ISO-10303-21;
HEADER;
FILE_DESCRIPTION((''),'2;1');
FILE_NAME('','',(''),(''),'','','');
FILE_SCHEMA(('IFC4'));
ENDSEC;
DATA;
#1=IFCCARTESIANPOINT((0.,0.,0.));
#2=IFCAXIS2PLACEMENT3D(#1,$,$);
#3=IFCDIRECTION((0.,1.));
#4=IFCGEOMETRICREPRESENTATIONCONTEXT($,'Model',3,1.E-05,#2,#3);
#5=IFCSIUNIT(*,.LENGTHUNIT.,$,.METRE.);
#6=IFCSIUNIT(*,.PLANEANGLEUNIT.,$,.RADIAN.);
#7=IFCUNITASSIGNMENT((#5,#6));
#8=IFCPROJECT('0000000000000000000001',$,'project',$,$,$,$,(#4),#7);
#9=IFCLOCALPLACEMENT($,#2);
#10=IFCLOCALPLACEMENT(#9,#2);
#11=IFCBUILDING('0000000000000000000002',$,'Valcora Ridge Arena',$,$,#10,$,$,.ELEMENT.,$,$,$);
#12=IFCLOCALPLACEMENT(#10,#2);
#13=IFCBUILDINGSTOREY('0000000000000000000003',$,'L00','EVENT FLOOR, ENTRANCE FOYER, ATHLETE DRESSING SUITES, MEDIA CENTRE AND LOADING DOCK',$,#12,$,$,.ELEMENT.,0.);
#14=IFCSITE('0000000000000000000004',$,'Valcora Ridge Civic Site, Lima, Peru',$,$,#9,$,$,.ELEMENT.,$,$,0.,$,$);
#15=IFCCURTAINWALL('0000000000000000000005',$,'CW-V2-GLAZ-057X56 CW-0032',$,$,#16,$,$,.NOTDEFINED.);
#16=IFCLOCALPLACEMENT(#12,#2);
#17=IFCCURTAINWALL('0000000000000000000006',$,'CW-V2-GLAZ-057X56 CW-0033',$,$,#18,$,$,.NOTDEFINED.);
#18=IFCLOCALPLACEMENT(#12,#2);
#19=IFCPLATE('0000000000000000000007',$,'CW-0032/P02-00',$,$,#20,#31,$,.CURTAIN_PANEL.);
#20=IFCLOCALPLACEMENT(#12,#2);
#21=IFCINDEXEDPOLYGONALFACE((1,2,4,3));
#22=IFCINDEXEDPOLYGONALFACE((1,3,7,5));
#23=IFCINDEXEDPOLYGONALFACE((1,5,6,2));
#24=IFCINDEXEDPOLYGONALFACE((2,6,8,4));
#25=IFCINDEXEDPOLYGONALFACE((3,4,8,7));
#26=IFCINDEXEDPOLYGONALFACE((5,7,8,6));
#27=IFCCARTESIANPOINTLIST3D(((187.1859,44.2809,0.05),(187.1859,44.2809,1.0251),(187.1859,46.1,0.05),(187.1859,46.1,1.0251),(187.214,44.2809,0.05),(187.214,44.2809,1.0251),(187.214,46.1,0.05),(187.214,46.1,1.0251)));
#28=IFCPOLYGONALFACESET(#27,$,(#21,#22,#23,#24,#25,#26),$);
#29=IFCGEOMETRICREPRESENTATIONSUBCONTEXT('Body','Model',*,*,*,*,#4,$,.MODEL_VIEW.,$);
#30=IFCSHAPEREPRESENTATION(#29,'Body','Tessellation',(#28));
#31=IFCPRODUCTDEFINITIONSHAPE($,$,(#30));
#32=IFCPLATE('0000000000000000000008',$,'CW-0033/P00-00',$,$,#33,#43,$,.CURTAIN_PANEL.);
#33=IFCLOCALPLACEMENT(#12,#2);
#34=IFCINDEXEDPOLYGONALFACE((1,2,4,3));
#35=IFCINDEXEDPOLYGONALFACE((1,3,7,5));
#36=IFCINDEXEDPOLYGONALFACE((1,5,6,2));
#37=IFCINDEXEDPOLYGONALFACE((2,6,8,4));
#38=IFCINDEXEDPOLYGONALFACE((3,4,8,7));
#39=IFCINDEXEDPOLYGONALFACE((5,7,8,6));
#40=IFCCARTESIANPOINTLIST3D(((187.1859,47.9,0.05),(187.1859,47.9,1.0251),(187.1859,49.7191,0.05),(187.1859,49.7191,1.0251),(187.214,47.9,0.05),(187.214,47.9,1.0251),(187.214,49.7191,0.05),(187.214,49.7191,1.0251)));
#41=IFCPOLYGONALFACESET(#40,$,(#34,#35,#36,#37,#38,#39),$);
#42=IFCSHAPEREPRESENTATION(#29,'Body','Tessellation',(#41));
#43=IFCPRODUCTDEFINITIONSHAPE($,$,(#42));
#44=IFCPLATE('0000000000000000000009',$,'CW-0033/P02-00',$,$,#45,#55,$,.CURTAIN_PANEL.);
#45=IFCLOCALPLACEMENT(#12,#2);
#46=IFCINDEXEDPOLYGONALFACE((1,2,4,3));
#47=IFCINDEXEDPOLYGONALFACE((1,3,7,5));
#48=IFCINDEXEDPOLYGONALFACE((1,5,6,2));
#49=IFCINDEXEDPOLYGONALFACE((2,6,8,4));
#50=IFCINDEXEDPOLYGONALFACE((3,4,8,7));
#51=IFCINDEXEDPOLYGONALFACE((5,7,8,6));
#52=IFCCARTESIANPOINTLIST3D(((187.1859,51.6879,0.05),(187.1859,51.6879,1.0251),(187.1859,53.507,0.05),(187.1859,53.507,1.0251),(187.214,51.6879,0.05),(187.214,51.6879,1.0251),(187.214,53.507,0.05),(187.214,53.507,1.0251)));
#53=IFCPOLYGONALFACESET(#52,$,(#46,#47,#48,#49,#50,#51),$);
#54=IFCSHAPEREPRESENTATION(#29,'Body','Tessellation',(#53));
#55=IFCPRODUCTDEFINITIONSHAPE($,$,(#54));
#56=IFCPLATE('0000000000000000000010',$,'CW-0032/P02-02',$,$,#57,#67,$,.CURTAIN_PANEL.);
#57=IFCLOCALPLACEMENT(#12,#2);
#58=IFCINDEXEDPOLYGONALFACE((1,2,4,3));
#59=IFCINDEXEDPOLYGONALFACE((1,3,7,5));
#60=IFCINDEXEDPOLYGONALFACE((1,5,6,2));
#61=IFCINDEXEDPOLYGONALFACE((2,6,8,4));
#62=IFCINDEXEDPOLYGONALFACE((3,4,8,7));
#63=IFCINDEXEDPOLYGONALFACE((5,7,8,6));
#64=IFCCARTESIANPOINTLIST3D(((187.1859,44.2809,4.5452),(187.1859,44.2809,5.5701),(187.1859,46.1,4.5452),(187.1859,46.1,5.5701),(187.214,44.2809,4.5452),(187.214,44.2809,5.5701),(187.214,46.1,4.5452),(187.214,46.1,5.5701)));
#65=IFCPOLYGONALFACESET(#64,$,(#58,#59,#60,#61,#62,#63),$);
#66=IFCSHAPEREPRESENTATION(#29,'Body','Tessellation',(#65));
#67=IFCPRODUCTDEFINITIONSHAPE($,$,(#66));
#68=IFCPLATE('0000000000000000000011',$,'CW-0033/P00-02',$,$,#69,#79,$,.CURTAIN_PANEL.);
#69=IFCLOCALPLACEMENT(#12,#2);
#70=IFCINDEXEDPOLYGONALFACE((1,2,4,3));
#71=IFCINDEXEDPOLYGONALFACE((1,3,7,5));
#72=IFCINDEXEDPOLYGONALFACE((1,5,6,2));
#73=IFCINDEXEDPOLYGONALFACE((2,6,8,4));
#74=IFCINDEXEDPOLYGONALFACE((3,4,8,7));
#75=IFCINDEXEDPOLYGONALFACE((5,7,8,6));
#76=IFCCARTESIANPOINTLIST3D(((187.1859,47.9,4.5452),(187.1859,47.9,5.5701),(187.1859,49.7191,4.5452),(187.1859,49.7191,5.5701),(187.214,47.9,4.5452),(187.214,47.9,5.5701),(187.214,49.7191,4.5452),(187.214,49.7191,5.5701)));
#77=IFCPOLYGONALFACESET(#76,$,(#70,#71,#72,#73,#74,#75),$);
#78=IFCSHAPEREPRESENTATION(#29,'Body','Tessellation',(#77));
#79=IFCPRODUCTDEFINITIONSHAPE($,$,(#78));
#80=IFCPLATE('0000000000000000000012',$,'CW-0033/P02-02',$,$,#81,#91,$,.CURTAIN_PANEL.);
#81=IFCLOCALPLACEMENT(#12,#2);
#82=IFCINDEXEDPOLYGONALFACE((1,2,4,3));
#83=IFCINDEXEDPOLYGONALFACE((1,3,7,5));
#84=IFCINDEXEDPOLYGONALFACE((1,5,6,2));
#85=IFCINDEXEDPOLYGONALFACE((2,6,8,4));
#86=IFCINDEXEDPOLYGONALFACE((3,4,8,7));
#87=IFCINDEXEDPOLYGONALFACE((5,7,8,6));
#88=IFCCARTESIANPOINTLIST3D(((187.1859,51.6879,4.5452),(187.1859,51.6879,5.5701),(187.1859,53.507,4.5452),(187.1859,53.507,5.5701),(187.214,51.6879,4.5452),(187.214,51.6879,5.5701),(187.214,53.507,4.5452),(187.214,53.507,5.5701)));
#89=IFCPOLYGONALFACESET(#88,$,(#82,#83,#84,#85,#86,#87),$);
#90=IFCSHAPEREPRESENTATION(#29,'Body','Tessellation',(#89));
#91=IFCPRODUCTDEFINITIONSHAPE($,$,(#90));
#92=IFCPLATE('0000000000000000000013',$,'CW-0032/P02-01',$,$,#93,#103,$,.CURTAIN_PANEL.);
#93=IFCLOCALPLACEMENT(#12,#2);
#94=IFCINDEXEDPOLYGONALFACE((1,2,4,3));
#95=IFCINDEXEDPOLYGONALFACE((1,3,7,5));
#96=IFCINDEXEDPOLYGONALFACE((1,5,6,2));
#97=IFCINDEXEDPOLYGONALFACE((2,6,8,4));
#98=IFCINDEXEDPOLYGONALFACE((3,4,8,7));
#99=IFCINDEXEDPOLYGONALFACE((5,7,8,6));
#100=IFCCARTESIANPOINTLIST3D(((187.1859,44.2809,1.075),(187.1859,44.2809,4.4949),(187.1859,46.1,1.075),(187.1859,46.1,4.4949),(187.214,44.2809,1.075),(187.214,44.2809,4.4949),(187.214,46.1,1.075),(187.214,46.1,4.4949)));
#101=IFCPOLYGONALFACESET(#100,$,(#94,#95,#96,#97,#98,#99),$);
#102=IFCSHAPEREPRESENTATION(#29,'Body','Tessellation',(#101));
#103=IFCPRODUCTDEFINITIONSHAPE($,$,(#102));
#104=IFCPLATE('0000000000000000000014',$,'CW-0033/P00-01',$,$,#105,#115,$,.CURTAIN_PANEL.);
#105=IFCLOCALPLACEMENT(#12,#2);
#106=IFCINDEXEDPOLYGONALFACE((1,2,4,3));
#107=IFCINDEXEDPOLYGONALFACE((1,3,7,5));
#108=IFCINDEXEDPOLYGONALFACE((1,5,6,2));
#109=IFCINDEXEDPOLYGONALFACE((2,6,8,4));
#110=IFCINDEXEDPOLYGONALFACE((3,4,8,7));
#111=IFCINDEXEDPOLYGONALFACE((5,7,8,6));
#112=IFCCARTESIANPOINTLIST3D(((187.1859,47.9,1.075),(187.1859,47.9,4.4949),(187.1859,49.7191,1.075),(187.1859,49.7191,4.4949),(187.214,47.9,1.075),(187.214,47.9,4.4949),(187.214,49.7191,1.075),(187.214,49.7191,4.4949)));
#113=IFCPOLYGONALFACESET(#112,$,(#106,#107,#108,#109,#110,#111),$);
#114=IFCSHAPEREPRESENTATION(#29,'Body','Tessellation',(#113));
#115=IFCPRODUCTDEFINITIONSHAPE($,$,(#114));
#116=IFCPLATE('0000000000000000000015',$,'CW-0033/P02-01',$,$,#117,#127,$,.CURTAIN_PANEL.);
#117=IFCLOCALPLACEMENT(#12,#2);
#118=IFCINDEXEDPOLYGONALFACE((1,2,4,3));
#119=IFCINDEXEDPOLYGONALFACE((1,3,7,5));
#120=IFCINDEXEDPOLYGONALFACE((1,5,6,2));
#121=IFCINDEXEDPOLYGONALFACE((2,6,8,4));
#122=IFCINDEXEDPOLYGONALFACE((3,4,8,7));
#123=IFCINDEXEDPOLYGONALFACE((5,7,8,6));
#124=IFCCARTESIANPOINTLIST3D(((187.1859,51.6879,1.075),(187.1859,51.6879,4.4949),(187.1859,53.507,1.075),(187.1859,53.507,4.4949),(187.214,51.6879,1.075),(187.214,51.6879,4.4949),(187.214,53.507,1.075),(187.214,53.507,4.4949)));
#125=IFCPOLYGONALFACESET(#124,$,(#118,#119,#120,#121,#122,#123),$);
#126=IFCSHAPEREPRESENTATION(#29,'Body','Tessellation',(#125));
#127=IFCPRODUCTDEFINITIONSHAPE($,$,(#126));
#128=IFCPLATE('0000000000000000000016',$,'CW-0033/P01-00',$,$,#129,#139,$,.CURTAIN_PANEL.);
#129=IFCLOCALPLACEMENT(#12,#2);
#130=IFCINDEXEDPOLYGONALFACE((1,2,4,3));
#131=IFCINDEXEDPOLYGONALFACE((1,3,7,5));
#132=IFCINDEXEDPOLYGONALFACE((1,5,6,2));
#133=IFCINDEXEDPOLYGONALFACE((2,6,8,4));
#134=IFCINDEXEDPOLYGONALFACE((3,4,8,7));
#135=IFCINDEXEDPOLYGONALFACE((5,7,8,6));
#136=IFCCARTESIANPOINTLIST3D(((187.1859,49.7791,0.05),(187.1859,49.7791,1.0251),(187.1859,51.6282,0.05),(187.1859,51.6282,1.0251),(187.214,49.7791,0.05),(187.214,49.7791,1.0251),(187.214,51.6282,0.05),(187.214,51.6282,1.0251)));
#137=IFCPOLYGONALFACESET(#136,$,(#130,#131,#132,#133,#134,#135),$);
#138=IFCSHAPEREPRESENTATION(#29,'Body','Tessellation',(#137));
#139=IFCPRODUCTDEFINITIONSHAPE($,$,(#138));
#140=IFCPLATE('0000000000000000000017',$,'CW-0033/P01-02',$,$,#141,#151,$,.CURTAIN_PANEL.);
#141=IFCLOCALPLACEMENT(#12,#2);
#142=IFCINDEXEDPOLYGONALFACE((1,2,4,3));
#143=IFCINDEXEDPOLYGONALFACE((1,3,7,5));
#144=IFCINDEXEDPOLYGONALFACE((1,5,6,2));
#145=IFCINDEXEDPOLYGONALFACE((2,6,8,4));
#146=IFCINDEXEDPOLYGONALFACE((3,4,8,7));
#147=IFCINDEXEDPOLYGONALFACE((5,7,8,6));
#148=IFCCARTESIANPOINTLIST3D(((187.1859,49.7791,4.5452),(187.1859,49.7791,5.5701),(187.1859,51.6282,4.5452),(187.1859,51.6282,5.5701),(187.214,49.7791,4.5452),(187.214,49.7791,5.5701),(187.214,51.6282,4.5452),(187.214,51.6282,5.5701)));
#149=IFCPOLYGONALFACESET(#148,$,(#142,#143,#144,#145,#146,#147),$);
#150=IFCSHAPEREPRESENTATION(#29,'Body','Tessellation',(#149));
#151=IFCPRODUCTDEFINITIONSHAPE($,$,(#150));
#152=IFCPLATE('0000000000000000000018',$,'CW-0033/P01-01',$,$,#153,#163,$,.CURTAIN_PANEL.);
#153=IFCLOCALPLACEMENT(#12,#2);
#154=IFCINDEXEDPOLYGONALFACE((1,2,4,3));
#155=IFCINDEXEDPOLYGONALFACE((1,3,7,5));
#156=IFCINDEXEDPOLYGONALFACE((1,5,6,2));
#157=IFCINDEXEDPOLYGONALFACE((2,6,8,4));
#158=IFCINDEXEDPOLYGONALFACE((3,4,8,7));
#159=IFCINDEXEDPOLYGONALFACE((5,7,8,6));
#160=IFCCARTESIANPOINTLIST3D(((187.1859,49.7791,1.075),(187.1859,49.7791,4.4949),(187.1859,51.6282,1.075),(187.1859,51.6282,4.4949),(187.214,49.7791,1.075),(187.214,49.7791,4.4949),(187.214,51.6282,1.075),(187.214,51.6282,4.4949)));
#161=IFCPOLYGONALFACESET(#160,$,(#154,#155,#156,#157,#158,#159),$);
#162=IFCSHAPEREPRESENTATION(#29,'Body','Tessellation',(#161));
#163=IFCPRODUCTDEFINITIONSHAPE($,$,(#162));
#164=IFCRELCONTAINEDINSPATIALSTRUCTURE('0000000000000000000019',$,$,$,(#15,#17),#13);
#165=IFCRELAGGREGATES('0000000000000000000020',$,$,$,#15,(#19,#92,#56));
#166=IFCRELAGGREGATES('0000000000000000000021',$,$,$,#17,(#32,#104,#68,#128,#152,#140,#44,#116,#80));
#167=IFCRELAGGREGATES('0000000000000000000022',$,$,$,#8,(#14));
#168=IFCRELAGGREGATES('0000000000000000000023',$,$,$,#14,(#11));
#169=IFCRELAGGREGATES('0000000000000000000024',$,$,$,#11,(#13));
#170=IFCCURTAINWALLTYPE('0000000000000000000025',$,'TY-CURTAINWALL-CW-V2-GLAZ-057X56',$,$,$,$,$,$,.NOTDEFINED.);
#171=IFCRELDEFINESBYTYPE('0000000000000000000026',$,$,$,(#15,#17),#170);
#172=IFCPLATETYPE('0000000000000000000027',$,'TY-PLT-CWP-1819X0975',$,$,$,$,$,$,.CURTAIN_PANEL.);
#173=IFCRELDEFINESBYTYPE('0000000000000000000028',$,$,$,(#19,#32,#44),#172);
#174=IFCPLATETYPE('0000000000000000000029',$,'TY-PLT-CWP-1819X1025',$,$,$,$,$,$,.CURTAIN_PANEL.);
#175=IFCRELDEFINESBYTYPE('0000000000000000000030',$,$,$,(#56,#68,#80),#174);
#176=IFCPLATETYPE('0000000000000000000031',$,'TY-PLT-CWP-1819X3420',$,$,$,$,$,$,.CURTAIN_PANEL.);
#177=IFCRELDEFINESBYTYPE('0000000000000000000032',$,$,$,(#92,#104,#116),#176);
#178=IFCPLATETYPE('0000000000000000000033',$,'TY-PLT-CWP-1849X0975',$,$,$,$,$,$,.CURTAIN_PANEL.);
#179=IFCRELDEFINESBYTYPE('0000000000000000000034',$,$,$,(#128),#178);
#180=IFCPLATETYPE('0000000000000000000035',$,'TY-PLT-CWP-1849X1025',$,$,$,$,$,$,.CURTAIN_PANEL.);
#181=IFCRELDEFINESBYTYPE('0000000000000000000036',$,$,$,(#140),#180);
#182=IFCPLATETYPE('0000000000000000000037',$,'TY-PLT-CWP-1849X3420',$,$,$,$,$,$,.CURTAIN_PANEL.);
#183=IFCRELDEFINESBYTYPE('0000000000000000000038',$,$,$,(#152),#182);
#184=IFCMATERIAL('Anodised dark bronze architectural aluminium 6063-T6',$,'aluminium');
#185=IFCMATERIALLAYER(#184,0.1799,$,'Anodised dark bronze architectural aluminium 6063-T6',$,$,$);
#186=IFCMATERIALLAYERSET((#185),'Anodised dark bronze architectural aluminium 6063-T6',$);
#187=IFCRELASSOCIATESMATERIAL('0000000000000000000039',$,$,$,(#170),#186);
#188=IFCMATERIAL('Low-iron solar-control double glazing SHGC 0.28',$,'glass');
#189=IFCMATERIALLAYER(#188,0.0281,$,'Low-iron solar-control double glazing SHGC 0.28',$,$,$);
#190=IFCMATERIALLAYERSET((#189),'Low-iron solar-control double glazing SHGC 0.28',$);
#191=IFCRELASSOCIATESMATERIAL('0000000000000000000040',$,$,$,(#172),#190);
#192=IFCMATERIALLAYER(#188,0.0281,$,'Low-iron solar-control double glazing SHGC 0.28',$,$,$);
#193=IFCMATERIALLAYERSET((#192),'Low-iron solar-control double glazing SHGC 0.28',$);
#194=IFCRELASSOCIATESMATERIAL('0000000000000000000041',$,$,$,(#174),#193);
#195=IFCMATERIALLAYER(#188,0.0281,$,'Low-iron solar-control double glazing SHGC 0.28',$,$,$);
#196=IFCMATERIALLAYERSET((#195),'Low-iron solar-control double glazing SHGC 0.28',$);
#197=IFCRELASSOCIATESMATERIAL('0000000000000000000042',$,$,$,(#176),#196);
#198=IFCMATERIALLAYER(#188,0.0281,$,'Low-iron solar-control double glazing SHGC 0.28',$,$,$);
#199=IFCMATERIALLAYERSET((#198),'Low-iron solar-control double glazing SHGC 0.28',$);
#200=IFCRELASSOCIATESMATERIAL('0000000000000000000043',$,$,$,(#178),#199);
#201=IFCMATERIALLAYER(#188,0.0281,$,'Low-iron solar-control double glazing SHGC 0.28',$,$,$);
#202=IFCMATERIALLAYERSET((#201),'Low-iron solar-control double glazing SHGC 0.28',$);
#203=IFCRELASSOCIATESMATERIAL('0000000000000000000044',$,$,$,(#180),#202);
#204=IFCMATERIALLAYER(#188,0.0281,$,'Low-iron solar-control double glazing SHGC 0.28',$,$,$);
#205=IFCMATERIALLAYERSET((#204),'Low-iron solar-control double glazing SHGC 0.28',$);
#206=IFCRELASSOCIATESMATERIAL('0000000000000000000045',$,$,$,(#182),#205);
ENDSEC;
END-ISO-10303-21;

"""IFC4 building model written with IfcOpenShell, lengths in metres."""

from ifc_helpers import new_model, si_unit, direction, frame, origin, origin_2d, place, context, subcontext, project, spatial, rectangle, extrude, material, layer, layer_set, type_object, element, aggregate, save


model = new_model("IFC4")

# Units and contexts
model_context = context("Model", 3, precision=1e-05, world=origin(), true_north=direction((0.0, 1.0)))
body_context = subcontext(model_context, "Body", "Model", "MODEL_VIEW")
ifc_project = project(units=[si_unit("LENGTHUNIT", "METRE"), si_unit("PLANEANGLEUNIT", "RADIAN")], contexts=[model_context])

# Site, building, storey
site_placement = place(None, origin())
site = spatial("IfcSite", under=ifc_project, at=site_placement, Name="Valcora Ridge Civic Site, Lima, Peru", CompositionType="ELEMENT", RefElevation=0.0)
building_placement = place(site_placement, origin())
building = spatial("IfcBuilding", under=site, at=building_placement, Name="Valcora Ridge Arena", CompositionType="ELEMENT")
storey_placement = place(building_placement, origin())
storey = spatial("IfcBuildingStorey", under=building, at=storey_placement, Name="L00", Description="EVENT FLOOR, ENTRANCE FOYER, ATHLETE DRESSING SUITES, MEDIA CENTRE AND LOADING DOCK", CompositionType="ELEMENT", Elevation=0.0)

# Curtain wall
ifc_material_1 = material(Name="Anodised dark bronze architectural aluminium 6063-T6", Category="aluminium")
ifc_layer_1 = layer(ifc_material_1, 0.1799, Name="Anodised dark bronze architectural aluminium 6063-T6")
ifc_layer_set_1 = layer_set([ifc_layer_1], Name="Anodised dark bronze architectural aluminium 6063-T6")
curtain_wall_type = type_object("IfcCurtainWallType", Name="TY-CURTAINWALL-CW-V2-GLAZ-057X56", PredefinedType="NOTDEFINED", material=ifc_layer_set_1)
curtain_wall_1_placement = place(storey_placement, origin())
curtain_wall_1 = element("IfcCurtainWall", 1, at=curtain_wall_1_placement, inside=storey, type_object=curtain_wall_type, Name="CW-V2-GLAZ-057X56 CW-0032", PredefinedType="NOTDEFINED")

# Curtain wall
curtain_wall_2_placement = place(storey_placement, origin())
curtain_wall_2 = element("IfcCurtainWall", 2, at=curtain_wall_2_placement, inside=storey, type_object=curtain_wall_type, Name="CW-V2-GLAZ-057X56 CW-0033", PredefinedType="NOTDEFINED")

# Plates
ifc_material_2 = material(Name="Low-iron solar-control double glazing SHGC 0.28", Category="glass")
ifc_layer_2 = layer(ifc_material_2, 0.0281, Name="Low-iron solar-control double glazing SHGC 0.28")
ifc_layer_set_2 = layer_set([ifc_layer_2], Name="Low-iron solar-control double glazing SHGC 0.28")
plate_type_1 = type_object("IfcPlateType", Name="TY-PLT-CWP-1819X0975", PredefinedType="CURTAIN_PANEL", material=ifc_layer_set_2)
plate_1_placement = place(storey_placement, frame((187.2, 45.1904, 0.05), z_axis=(0.0, 0.0, 1.0), x_axis=(0.0, 1.0, 0.0)))
plate_1 = element("IfcPlate", 3, at=plate_1_placement, type_object=plate_type_1, Name="CW-0032/P02-00", PredefinedType="CURTAIN_PANEL", context=body_context, shape_type="SweptSolid", body=[
    extrude(rectangle(XDim=1.8191, YDim=0.0281, at=origin_2d()), origin(), (0.0, 0.0, 1.0), 0.9751),
])
plate_2_placement = place(storey_placement, frame((187.2, 48.8096, 0.05), z_axis=(0.0, 0.0, 1.0), x_axis=(0.0, 1.0, 0.0)))
plate_2 = element("IfcPlate", 4, at=plate_2_placement, type_object=plate_type_1, Name="CW-0033/P00-00", PredefinedType="CURTAIN_PANEL", context=body_context, shape_type="SweptSolid", body=[
    extrude(rectangle(XDim=1.8191, YDim=0.0281, at=origin_2d()), origin(), (0.0, 0.0, 1.0), 0.9751),
])
plate_3_placement = place(storey_placement, frame((187.2, 52.5974, 0.05), z_axis=(0.0, 0.0, 1.0), x_axis=(0.0, 1.0, 0.0)))
plate_3 = element("IfcPlate", 5, at=plate_3_placement, type_object=plate_type_1, Name="CW-0033/P02-00", PredefinedType="CURTAIN_PANEL", context=body_context, shape_type="SweptSolid", body=[
    extrude(rectangle(XDim=1.8191, YDim=0.0281, at=origin_2d()), origin(), (0.0, 0.0, 1.0), 0.9751),
])
ifc_layer_3 = layer(ifc_material_2, 0.0281, Name="Low-iron solar-control double glazing SHGC 0.28")
ifc_layer_set_3 = layer_set([ifc_layer_3], Name="Low-iron solar-control double glazing SHGC 0.28")
plate_type_2 = type_object("IfcPlateType", Name="TY-PLT-CWP-1819X1025", PredefinedType="CURTAIN_PANEL", material=ifc_layer_set_3)
plate_4_placement = place(storey_placement, frame((187.2, 45.1904, 4.5452), z_axis=(0.0, 0.0, 1.0), x_axis=(0.0, 1.0, 0.0)))
plate_4 = element("IfcPlate", 6, at=plate_4_placement, type_object=plate_type_2, Name="CW-0032/P02-02", PredefinedType="CURTAIN_PANEL", context=body_context, shape_type="SweptSolid", body=[
    extrude(rectangle(XDim=1.8191, YDim=0.0281, at=origin_2d()), origin(), (0.0, 0.0, 1.0), 1.0249),
])
plate_5_placement = place(storey_placement, frame((187.2, 48.8096, 4.5452), z_axis=(0.0, 0.0, 1.0), x_axis=(0.0, 1.0, 0.0)))
plate_5 = element("IfcPlate", 7, at=plate_5_placement, type_object=plate_type_2, Name="CW-0033/P00-02", PredefinedType="CURTAIN_PANEL", context=body_context, shape_type="SweptSolid", body=[
    extrude(rectangle(XDim=1.8191, YDim=0.0281, at=origin_2d()), origin(), (0.0, 0.0, 1.0), 1.0249),
])
plate_6_placement = place(storey_placement, frame((187.2, 52.5974, 4.5452), z_axis=(0.0, 0.0, 1.0), x_axis=(0.0, 1.0, 0.0)))
plate_6 = element("IfcPlate", 8, at=plate_6_placement, type_object=plate_type_2, Name="CW-0033/P02-02", PredefinedType="CURTAIN_PANEL", context=body_context, shape_type="SweptSolid", body=[
    extrude(rectangle(XDim=1.8191, YDim=0.0281, at=origin_2d()), origin(), (0.0, 0.0, 1.0), 1.0249),
])
ifc_layer_4 = layer(ifc_material_2, 0.0281, Name="Low-iron solar-control double glazing SHGC 0.28")
ifc_layer_set_4 = layer_set([ifc_layer_4], Name="Low-iron solar-control double glazing SHGC 0.28")
plate_type_3 = type_object("IfcPlateType", Name="TY-PLT-CWP-1819X3420", PredefinedType="CURTAIN_PANEL", material=ifc_layer_set_4)
plate_7_placement = place(storey_placement, frame((187.2, 45.1904, 1.075), z_axis=(0.0, 0.0, 1.0), x_axis=(0.0, 1.0, 0.0)))
plate_7 = element("IfcPlate", 9, at=plate_7_placement, type_object=plate_type_3, Name="CW-0032/P02-01", PredefinedType="CURTAIN_PANEL", context=body_context, shape_type="SweptSolid", body=[
    extrude(rectangle(XDim=1.8191, YDim=0.0281, at=origin_2d()), origin(), (0.0, 0.0, 1.0), 3.4199),
])
aggregate(curtain_wall_1, [plate_1, plate_7, plate_4])
plate_8_placement = place(storey_placement, frame((187.2, 48.8096, 1.075), z_axis=(0.0, 0.0, 1.0), x_axis=(0.0, 1.0, 0.0)))
plate_8 = element("IfcPlate", 10, at=plate_8_placement, type_object=plate_type_3, Name="CW-0033/P00-01", PredefinedType="CURTAIN_PANEL", context=body_context, shape_type="SweptSolid", body=[
    extrude(rectangle(XDim=1.8191, YDim=0.0281, at=origin_2d()), origin(), (0.0, 0.0, 1.0), 3.4199),
])
plate_9_placement = place(storey_placement, frame((187.2, 52.5974, 1.075), z_axis=(0.0, 0.0, 1.0), x_axis=(0.0, 1.0, 0.0)))
plate_9 = element("IfcPlate", 11, at=plate_9_placement, type_object=plate_type_3, Name="CW-0033/P02-01", PredefinedType="CURTAIN_PANEL", context=body_context, shape_type="SweptSolid", body=[
    extrude(rectangle(XDim=1.8191, YDim=0.0281, at=origin_2d()), origin(), (0.0, 0.0, 1.0), 3.4199),
])
ifc_layer_5 = layer(ifc_material_2, 0.0281, Name="Low-iron solar-control double glazing SHGC 0.28")
ifc_layer_set_5 = layer_set([ifc_layer_5], Name="Low-iron solar-control double glazing SHGC 0.28")
plate_type_4 = type_object("IfcPlateType", Name="TY-PLT-CWP-1849X0975", PredefinedType="CURTAIN_PANEL", material=ifc_layer_set_5)
plate_10_placement = place(storey_placement, frame((187.2, 50.7036, 0.05), z_axis=(0.0, 0.0, 1.0), x_axis=(0.0, 1.0, 0.0)))
plate_10 = element("IfcPlate", 12, at=plate_10_placement, type_object=plate_type_4, Name="CW-0033/P01-00", PredefinedType="CURTAIN_PANEL", context=body_context, shape_type="SweptSolid", body=[
    extrude(rectangle(XDim=1.8491, YDim=0.0281, at=origin_2d()), origin(), (0.0, 0.0, 1.0), 0.9751),
])
ifc_layer_6 = layer(ifc_material_2, 0.0281, Name="Low-iron solar-control double glazing SHGC 0.28")
ifc_layer_set_6 = layer_set([ifc_layer_6], Name="Low-iron solar-control double glazing SHGC 0.28")
plate_type_5 = type_object("IfcPlateType", Name="TY-PLT-CWP-1849X1025", PredefinedType="CURTAIN_PANEL", material=ifc_layer_set_6)
plate_11_placement = place(storey_placement, frame((187.2, 50.7036, 4.5452), z_axis=(0.0, 0.0, 1.0), x_axis=(0.0, 1.0, 0.0)))
plate_11 = element("IfcPlate", 13, at=plate_11_placement, type_object=plate_type_5, Name="CW-0033/P01-02", PredefinedType="CURTAIN_PANEL", context=body_context, shape_type="SweptSolid", body=[
    extrude(rectangle(XDim=1.8491, YDim=0.0281, at=origin_2d()), origin(), (0.0, 0.0, 1.0), 1.0249),
])
ifc_layer_7 = layer(ifc_material_2, 0.0281, Name="Low-iron solar-control double glazing SHGC 0.28")
ifc_layer_set_7 = layer_set([ifc_layer_7], Name="Low-iron solar-control double glazing SHGC 0.28")
plate_type_6 = type_object("IfcPlateType", Name="TY-PLT-CWP-1849X3420", PredefinedType="CURTAIN_PANEL", material=ifc_layer_set_7)
plate_12_placement = place(storey_placement, frame((187.2, 50.7036, 1.075), z_axis=(0.0, 0.0, 1.0), x_axis=(0.0, 1.0, 0.0)))
plate_12 = element("IfcPlate", 14, at=plate_12_placement, type_object=plate_type_6, Name="CW-0033/P01-01", PredefinedType="CURTAIN_PANEL", context=body_context, shape_type="SweptSolid", body=[
    extrude(rectangle(XDim=1.8491, YDim=0.0281, at=origin_2d()), origin(), (0.0, 0.0, 1.0), 3.4199),
])
aggregate(curtain_wall_2, [plate_2, plate_8, plate_5, plate_10, plate_12, plate_11, plate_3, plate_9, plate_6])

save(model, "model.ifc")
